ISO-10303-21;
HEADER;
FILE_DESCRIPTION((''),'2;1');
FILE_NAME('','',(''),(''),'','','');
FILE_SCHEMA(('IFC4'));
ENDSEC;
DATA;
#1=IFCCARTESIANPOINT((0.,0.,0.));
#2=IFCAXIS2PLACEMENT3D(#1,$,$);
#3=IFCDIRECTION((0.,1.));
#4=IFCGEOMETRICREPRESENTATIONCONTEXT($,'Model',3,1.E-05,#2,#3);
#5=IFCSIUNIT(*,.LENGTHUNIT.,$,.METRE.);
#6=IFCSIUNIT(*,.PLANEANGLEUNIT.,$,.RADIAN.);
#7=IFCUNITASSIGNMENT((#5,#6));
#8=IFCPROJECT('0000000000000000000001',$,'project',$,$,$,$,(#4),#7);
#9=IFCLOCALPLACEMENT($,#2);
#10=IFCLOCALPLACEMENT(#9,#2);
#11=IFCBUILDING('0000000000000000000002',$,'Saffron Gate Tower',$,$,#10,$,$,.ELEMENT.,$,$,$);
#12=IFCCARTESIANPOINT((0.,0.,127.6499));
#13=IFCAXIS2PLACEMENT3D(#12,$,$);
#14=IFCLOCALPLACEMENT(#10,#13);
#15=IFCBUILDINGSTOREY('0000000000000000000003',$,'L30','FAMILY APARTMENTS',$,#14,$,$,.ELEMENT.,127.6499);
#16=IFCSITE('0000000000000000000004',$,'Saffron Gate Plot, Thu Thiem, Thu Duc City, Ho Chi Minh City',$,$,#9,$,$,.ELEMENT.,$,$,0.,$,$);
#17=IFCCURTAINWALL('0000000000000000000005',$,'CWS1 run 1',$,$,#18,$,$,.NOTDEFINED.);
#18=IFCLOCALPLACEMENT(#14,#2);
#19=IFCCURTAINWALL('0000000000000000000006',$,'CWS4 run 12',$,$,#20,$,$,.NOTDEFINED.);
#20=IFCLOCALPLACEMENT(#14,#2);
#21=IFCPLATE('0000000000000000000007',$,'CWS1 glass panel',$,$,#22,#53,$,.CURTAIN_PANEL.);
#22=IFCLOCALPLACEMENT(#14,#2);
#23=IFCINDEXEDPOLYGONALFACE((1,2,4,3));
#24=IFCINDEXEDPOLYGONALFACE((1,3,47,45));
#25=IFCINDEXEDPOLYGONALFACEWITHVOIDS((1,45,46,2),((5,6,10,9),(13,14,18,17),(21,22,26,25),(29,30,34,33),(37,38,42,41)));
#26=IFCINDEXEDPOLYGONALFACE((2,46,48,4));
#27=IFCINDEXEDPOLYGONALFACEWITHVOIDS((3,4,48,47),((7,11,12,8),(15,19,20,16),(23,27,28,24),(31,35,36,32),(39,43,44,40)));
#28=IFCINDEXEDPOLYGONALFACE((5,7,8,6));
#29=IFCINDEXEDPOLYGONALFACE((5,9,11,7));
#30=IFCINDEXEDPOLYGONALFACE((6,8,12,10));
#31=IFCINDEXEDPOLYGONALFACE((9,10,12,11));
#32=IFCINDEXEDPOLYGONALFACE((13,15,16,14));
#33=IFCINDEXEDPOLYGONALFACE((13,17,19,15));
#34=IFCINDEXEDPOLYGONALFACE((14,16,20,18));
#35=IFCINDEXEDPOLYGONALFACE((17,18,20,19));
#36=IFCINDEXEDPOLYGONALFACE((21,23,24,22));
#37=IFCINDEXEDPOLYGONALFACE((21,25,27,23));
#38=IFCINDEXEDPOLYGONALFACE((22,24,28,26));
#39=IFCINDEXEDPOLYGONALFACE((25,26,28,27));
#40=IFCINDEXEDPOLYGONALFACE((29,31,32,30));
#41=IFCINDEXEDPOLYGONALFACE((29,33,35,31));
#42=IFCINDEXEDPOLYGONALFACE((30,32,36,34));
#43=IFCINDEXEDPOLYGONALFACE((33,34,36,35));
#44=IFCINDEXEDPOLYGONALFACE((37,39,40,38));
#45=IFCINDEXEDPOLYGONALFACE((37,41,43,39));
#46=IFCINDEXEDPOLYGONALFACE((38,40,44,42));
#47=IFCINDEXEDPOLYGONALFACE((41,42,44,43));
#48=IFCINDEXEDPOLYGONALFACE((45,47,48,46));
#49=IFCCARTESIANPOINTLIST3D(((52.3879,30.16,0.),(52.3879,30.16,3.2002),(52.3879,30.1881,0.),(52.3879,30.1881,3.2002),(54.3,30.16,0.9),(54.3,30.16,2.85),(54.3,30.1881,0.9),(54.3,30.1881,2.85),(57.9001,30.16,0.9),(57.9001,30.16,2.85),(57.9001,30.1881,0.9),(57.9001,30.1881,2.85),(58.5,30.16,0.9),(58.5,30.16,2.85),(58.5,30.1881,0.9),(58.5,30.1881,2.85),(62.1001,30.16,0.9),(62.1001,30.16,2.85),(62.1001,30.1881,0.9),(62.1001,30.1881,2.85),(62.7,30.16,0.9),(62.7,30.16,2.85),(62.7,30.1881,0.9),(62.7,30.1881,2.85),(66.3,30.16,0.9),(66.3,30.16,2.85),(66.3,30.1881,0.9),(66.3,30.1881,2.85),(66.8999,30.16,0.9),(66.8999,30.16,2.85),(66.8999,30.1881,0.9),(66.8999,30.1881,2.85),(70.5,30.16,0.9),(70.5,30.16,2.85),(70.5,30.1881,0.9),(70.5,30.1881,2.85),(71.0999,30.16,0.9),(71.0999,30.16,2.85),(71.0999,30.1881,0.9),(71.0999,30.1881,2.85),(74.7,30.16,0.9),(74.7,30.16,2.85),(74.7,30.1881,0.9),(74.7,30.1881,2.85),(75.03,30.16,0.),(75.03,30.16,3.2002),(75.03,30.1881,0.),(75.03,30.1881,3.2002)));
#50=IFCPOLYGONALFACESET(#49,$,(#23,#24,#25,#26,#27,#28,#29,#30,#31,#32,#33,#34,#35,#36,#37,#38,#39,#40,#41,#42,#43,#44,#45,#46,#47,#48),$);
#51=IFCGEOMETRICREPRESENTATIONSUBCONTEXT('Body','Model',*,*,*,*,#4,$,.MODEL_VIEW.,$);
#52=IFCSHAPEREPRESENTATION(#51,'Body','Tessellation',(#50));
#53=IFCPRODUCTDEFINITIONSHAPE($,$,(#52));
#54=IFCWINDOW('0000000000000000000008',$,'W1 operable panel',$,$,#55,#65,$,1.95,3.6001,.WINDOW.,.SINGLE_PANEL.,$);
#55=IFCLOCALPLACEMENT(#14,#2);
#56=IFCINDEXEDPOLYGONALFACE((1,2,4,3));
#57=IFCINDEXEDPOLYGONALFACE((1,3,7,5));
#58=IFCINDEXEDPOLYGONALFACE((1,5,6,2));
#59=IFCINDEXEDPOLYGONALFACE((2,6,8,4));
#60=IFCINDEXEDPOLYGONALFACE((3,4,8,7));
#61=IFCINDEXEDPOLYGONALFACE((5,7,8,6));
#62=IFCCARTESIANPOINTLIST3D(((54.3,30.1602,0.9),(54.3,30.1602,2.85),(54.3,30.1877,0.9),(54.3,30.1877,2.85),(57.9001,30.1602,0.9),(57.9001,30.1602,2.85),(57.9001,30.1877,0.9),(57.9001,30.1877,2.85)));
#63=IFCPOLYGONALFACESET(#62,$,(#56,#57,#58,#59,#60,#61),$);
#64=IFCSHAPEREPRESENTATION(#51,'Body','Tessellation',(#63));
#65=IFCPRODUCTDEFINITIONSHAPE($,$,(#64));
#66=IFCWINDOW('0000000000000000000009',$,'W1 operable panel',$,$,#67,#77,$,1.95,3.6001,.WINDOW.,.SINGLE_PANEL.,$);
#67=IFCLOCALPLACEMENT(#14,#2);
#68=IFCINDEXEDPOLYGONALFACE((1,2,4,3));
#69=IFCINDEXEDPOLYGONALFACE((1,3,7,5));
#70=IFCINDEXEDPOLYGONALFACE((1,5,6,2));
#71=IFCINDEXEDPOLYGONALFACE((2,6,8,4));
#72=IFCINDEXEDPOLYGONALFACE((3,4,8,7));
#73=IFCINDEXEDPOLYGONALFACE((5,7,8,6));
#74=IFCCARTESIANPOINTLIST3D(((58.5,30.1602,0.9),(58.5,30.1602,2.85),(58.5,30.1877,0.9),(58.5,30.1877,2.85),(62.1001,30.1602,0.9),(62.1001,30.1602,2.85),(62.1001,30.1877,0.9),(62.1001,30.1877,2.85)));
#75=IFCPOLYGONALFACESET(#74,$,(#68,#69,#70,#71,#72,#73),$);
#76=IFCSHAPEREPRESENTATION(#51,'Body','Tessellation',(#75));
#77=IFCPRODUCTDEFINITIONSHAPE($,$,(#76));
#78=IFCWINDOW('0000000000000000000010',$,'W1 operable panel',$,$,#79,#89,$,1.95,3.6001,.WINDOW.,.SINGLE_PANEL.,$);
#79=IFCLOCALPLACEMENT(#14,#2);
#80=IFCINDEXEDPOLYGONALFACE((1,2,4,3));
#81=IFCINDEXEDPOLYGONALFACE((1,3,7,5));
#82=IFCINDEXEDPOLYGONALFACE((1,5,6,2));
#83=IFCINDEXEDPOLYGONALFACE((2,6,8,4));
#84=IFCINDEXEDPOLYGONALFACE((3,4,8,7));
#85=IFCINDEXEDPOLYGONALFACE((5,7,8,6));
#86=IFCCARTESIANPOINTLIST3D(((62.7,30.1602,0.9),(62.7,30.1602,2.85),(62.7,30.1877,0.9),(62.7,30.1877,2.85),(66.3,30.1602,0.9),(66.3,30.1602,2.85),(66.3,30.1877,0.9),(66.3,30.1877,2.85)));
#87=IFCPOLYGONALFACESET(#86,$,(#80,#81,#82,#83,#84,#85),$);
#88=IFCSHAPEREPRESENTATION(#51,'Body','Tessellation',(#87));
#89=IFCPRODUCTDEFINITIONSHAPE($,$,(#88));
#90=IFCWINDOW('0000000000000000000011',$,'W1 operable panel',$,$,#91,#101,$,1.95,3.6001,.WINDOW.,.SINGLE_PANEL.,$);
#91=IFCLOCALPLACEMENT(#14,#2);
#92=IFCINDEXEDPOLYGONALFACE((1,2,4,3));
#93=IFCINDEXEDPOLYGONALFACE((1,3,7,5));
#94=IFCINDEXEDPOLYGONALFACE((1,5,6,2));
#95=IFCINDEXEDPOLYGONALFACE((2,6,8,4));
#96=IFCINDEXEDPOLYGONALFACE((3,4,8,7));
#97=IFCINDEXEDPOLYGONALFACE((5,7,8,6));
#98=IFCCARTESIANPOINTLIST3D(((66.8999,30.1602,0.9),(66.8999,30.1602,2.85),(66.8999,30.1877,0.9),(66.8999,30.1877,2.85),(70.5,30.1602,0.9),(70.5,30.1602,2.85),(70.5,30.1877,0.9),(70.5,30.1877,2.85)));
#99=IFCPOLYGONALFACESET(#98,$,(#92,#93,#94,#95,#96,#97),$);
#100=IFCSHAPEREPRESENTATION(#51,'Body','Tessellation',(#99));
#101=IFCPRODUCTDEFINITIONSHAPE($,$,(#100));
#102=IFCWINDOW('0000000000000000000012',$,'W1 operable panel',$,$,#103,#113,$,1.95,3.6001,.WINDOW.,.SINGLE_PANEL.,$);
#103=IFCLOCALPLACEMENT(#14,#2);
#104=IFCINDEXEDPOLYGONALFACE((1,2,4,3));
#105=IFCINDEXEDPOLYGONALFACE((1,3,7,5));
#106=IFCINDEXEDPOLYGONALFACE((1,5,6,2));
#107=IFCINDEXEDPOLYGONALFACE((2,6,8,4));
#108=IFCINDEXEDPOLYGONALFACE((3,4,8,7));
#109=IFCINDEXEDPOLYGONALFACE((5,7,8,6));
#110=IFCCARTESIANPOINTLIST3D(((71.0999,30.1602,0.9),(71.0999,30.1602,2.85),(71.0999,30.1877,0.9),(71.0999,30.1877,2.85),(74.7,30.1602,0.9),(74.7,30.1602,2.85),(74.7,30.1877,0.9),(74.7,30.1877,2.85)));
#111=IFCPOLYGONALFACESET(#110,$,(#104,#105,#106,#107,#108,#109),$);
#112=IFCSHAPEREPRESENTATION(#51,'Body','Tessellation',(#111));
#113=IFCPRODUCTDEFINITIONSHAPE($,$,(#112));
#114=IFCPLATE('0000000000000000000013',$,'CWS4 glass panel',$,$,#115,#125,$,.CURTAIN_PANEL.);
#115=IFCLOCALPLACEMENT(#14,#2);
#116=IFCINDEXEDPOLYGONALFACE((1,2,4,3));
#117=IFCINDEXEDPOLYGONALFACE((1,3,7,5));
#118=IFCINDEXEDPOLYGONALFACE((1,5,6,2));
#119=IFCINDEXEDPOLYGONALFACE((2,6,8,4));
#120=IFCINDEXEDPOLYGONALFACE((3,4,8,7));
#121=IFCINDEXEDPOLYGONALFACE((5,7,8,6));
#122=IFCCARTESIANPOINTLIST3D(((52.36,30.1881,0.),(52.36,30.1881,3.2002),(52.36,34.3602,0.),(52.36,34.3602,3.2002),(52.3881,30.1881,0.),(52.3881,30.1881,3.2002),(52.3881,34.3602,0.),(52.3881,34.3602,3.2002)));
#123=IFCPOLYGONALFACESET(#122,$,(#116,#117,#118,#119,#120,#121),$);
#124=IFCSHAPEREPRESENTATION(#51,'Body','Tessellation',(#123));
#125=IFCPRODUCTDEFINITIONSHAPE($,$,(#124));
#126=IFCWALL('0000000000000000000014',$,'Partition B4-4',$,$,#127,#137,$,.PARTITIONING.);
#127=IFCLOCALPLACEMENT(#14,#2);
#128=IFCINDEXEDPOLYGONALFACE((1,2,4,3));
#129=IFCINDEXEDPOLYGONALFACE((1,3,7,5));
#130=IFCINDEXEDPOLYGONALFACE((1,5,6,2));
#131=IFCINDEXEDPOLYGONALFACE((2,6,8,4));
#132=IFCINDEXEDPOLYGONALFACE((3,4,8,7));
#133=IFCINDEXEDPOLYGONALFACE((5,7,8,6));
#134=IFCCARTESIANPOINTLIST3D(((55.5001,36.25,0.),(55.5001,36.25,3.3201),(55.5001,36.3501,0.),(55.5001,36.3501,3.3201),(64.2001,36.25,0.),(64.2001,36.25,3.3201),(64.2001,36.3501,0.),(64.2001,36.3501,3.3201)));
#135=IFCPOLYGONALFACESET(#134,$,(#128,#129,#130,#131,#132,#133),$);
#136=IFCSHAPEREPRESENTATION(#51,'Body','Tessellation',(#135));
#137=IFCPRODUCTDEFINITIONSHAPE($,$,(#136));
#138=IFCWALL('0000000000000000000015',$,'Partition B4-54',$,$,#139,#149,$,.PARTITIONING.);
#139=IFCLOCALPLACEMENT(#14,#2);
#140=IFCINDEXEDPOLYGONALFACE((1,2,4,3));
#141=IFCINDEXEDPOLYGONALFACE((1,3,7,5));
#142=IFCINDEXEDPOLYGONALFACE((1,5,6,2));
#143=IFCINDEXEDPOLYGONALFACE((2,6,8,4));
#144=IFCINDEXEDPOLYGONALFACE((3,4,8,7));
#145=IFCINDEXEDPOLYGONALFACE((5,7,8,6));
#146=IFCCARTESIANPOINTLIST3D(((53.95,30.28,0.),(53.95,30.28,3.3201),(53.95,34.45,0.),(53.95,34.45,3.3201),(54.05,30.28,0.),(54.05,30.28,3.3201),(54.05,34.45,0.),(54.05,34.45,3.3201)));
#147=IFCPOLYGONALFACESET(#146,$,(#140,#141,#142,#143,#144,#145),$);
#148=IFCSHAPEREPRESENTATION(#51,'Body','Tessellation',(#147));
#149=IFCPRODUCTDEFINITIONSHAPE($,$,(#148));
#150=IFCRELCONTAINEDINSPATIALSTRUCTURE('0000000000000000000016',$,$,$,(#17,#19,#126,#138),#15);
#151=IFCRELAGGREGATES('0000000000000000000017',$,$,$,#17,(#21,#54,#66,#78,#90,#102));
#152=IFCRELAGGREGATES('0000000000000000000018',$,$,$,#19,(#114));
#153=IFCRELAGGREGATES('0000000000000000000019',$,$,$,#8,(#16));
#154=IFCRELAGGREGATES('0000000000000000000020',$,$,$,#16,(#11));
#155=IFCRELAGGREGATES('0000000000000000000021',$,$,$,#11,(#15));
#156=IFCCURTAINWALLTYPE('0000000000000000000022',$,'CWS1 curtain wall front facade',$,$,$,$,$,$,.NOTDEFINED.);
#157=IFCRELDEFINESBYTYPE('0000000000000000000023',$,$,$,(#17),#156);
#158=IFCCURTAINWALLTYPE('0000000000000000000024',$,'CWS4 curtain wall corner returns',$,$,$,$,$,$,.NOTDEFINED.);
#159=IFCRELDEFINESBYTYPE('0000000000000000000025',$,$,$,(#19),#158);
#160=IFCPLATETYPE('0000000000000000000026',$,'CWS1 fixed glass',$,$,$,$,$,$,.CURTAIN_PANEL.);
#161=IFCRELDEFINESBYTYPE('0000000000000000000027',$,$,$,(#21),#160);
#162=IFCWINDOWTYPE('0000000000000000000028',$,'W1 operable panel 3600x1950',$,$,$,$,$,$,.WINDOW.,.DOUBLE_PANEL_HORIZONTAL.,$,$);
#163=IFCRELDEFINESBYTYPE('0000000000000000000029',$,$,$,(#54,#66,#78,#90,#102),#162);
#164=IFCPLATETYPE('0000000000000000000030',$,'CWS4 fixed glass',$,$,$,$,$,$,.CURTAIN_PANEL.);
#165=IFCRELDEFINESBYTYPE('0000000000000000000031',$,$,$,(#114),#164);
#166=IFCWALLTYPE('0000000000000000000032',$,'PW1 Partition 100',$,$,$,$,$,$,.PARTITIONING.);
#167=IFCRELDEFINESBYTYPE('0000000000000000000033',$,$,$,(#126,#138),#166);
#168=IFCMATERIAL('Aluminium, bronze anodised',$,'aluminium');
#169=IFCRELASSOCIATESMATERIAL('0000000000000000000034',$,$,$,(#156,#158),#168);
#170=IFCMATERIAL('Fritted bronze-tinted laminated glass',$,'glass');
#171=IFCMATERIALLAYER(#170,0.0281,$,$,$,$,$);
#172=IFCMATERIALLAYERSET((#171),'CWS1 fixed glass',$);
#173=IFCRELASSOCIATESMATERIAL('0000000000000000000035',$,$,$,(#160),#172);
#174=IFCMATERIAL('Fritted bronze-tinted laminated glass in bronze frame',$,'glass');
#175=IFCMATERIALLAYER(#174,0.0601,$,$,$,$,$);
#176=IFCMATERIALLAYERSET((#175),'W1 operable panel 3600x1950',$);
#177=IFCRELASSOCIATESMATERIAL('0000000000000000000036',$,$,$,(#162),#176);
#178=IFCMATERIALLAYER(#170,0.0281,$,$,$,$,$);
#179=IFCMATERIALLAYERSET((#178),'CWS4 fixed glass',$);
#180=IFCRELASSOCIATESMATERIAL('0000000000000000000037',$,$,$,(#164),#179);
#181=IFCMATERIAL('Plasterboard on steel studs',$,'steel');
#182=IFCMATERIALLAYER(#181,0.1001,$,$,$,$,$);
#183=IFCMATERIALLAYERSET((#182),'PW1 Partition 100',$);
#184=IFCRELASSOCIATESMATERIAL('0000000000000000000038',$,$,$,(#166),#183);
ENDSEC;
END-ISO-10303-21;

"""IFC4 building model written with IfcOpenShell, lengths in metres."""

from ifc_helpers import new_model, si_unit, direction, frame, frame_2d, origin, place, context, subcontext, project, spatial, rectangle, extrude, material, layer, layer_set, type_object, element, fill, aggregate, save


model = new_model("IFC4")

# Units and contexts
model_context = context("Model", 3, precision=1e-05, world=origin(), true_north=direction((0.0, 1.0)))
body_context = subcontext(model_context, "Body", "Model", "MODEL_VIEW")
ifc_project = project(units=[si_unit("LENGTHUNIT", "METRE"), si_unit("PLANEANGLEUNIT", "RADIAN")], contexts=[model_context])

# Site, building, storey
site_placement = place(None, origin())
site = spatial("IfcSite", under=ifc_project, at=site_placement, Name="Saffron Gate Plot, Thu Thiem, Thu Duc City, Ho Chi Minh City", CompositionType="ELEMENT", RefElevation=0.0)
building_placement = place(site_placement, origin())
building = spatial("IfcBuilding", under=site, at=building_placement, Name="Saffron Gate Tower", CompositionType="ELEMENT")
storey_placement = place(building_placement, frame((0.0, 0.0, 127.6499)))
storey = spatial("IfcBuildingStorey", under=building, at=storey_placement, Name="L30", Description="FAMILY APARTMENTS", CompositionType="ELEMENT", Elevation=127.6499)

# Curtain walls
ifc_material_1 = material(Name="Aluminium, bronze anodised", Category="aluminium")
curtain_wall_type_1 = type_object("IfcCurtainWallType", Name="CWS1 curtain wall front facade", PredefinedType="NOTDEFINED", material=ifc_material_1)
curtain_wall_1_placement = place(storey_placement, origin())
curtain_wall_1 = element("IfcCurtainWall", 1, at=curtain_wall_1_placement, inside=storey, type_object=curtain_wall_type_1, Name="CWS1 run 1", PredefinedType="NOTDEFINED")
curtain_wall_type_2 = type_object("IfcCurtainWallType", Name="CWS4 curtain wall corner returns", PredefinedType="NOTDEFINED", material=ifc_material_1)
curtain_wall_2_placement = place(storey_placement, origin())
curtain_wall_2 = element("IfcCurtainWall", 2, at=curtain_wall_2_placement, inside=storey, type_object=curtain_wall_type_2, Name="CWS4 run 12", PredefinedType="NOTDEFINED")

# Plate, openings, windows
ifc_material_2 = material(Name="Fritted bronze-tinted laminated glass", Category="glass")
ifc_layer_1 = layer(ifc_material_2, 0.0281)
ifc_layer_set_1 = layer_set([ifc_layer_1], Name="CWS1 fixed glass")
plate_type_1 = type_object("IfcPlateType", Name="CWS1 fixed glass", PredefinedType="CURTAIN_PANEL", material=ifc_layer_set_1)
plate_1_placement = place(storey_placement, frame((52.3879, 30.1741, 0.0), z_axis=(0.0, 0.0, 1.0), x_axis=(1.0, 0.0, 0.0)))
plate_1 = element("IfcPlate", 3, at=plate_1_placement, type_object=plate_type_1, Name="CWS1 glass panel", PredefinedType="CURTAIN_PANEL", context=body_context, shape_type="SweptSolid", body=[
    extrude(rectangle(XDim=22.6421, YDim=0.0281, at=frame_2d((11.321, 0.0))), origin(), (0.0, 0.0, 1.0), 3.2002),
])
opening_1_placement = place(plate_1_placement, frame((1.9121, 0.0, 0.8999)))
opening_1 = element("IfcOpeningElement", 4, at=opening_1_placement, cuts=plate_1, PredefinedType="OPENING", context=body_context, shape_type="SweptSolid", body=[
    extrude(rectangle(XDim=3.6001, YDim=1.95, at=frame_2d((1.8, 0.9751))), frame((0.0, 0.0239, 0.0), z_axis=(0.0, -1.0, 0.0), x_axis=(1.0, 0.0, 0.0)), (0.0, 0.0, 1.0), 0.0481),
])
opening_2_placement = place(plate_1_placement, frame((6.1121, 0.0, 0.8999)))
opening_2 = element("IfcOpeningElement", 5, at=opening_2_placement, cuts=plate_1, PredefinedType="OPENING", context=body_context, shape_type="SweptSolid", body=[
    extrude(rectangle(XDim=3.6001, YDim=1.95, at=frame_2d((1.8, 0.9751))), frame((0.0, 0.0239, 0.0), z_axis=(0.0, -1.0, 0.0), x_axis=(1.0, 0.0, 0.0)), (0.0, 0.0, 1.0), 0.0481),
])
opening_3_placement = place(plate_1_placement, frame((10.312, 0.0, 0.8999)))
opening_3 = element("IfcOpeningElement", 6, at=opening_3_placement, cuts=plate_1, PredefinedType="OPENING", context=body_context, shape_type="SweptSolid", body=[
    extrude(rectangle(XDim=3.6001, YDim=1.95, at=frame_2d((1.8, 0.9751))), frame((0.0, 0.0239, 0.0), z_axis=(0.0, -1.0, 0.0), x_axis=(1.0, 0.0, 0.0)), (0.0, 0.0, 1.0), 0.0481),
])
opening_4_placement = place(plate_1_placement, frame((14.512, 0.0, 0.8999)))
opening_4 = element("IfcOpeningElement", 7, at=opening_4_placement, cuts=plate_1, PredefinedType="OPENING", context=body_context, shape_type="SweptSolid", body=[
    extrude(rectangle(XDim=3.6001, YDim=1.95, at=frame_2d((1.8, 0.9751))), frame((0.0, 0.0239, 0.0), z_axis=(0.0, -1.0, 0.0), x_axis=(1.0, 0.0, 0.0)), (0.0, 0.0, 1.0), 0.0481),
])
opening_5_placement = place(plate_1_placement, frame((18.7119, 0.0, 0.8999)))
opening_5 = element("IfcOpeningElement", 8, at=opening_5_placement, cuts=plate_1, PredefinedType="OPENING", context=body_context, shape_type="SweptSolid", body=[
    extrude(rectangle(XDim=3.6001, YDim=1.95, at=frame_2d((1.8, 0.9751))), frame((0.0, 0.0239, 0.0), z_axis=(0.0, -1.0, 0.0), x_axis=(1.0, 0.0, 0.0)), (0.0, 0.0, 1.0), 0.0481),
])
ifc_material_3 = material(Name="Fritted bronze-tinted laminated glass in bronze frame", Category="glass")
ifc_layer_2 = layer(ifc_material_3, 0.0601)
ifc_layer_set_2 = layer_set([ifc_layer_2], Name="W1 operable panel 3600x1950")
window_type = type_object("IfcWindowType", Name="W1 operable panel 3600x1950", PartitioningType="DOUBLE_PANEL_HORIZONTAL", PredefinedType="WINDOW", material=ifc_layer_set_2)
window_1_placement = place(opening_1_placement, origin())
window_1 = element("IfcWindow", 9, at=window_1_placement, type_object=window_type, Name="W1 operable panel", OverallHeight=1.95, OverallWidth=3.6001, PartitioningType="SINGLE_PANEL", PredefinedType="WINDOW", context=body_context, shape_type="SweptSolid", body=[
    extrude(rectangle(XDim=3.6001, YDim=1.95, at=frame_2d((1.8, 0.9751))), frame((0.0, 0.0137, 0.0), z_axis=(0.0, -1.0, 0.0), x_axis=(1.0, 0.0, 0.0)), (0.0, 0.0, 1.0), 0.0276),
])
fill(opening_1, window_1)
window_2_placement = place(opening_2_placement, origin())
window_2 = element("IfcWindow", 10, at=window_2_placement, type_object=window_type, Name="W1 operable panel", OverallHeight=1.95, OverallWidth=3.6001, PartitioningType="SINGLE_PANEL", PredefinedType="WINDOW", context=body_context, shape_type="SweptSolid", body=[
    extrude(rectangle(XDim=3.6001, YDim=1.95, at=frame_2d((1.8, 0.9751))), frame((0.0, 0.0137, 0.0), z_axis=(0.0, -1.0, 0.0), x_axis=(1.0, 0.0, 0.0)), (0.0, 0.0, 1.0), 0.0276),
])
fill(opening_2, window_2)
window_3_placement = place(opening_3_placement, origin())
window_3 = element("IfcWindow", 11, at=window_3_placement, type_object=window_type, Name="W1 operable panel", OverallHeight=1.95, OverallWidth=3.6001, PartitioningType="SINGLE_PANEL", PredefinedType="WINDOW", context=body_context, shape_type="SweptSolid", body=[
    extrude(rectangle(XDim=3.6001, YDim=1.95, at=frame_2d((1.8, 0.9751))), frame((0.0, 0.0137, 0.0), z_axis=(0.0, -1.0, 0.0), x_axis=(1.0, 0.0, 0.0)), (0.0, 0.0, 1.0), 0.0276),
])
fill(opening_3, window_3)
window_4_placement = place(opening_4_placement, origin())
window_4 = element("IfcWindow", 12, at=window_4_placement, type_object=window_type, Name="W1 operable panel", OverallHeight=1.95, OverallWidth=3.6001, PartitioningType="SINGLE_PANEL", PredefinedType="WINDOW", context=body_context, shape_type="SweptSolid", body=[
    extrude(rectangle(XDim=3.6001, YDim=1.95, at=frame_2d((1.8, 0.9751))), frame((0.0, 0.0137, 0.0), z_axis=(0.0, -1.0, 0.0), x_axis=(1.0, 0.0, 0.0)), (0.0, 0.0, 1.0), 0.0276),
])
fill(opening_4, window_4)
window_5_placement = place(opening_5_placement, origin())
window_5 = element("IfcWindow", 13, at=window_5_placement, type_object=window_type, Name="W1 operable panel", OverallHeight=1.95, OverallWidth=3.6001, PartitioningType="SINGLE_PANEL", PredefinedType="WINDOW", context=body_context, shape_type="SweptSolid", body=[
    extrude(rectangle(XDim=3.6001, YDim=1.95, at=frame_2d((1.8, 0.9751))), frame((0.0, 0.0137, 0.0), z_axis=(0.0, -1.0, 0.0), x_axis=(1.0, 0.0, 0.0)), (0.0, 0.0, 1.0), 0.0276),
])
fill(opening_5, window_5)
aggregate(curtain_wall_1, [plate_1, window_1, window_2, window_3, window_4, window_5])

# Plate
ifc_layer_3 = layer(ifc_material_2, 0.0281)
ifc_layer_set_3 = layer_set([ifc_layer_3], Name="CWS4 fixed glass")
plate_type_2 = type_object("IfcPlateType", Name="CWS4 fixed glass", PredefinedType="CURTAIN_PANEL", material=ifc_layer_set_3)
plate_2_placement = place(storey_placement, frame((52.374, 34.3601, 0.0), z_axis=(0.0, 0.0, 1.0), x_axis=(0.0, -1.0, 0.0)))
plate_2 = element("IfcPlate", 14, at=plate_2_placement, type_object=plate_type_2, Name="CWS4 glass panel", PredefinedType="CURTAIN_PANEL", context=body_context, shape_type="SweptSolid", body=[
    extrude(rectangle(XDim=4.1721, YDim=0.0281, at=frame_2d((2.0859, 0.0))), origin(), (0.0, 0.0, 1.0), 3.2002),
])
aggregate(curtain_wall_2, [plate_2])

# Walls
ifc_material_4 = material(Name="Plasterboard on steel studs", Category="steel")
ifc_layer_4 = layer(ifc_material_4, 0.1001)
ifc_layer_set_4 = layer_set([ifc_layer_4], Name="PW1 Partition 100")
wall_type = type_object("IfcWallType", Name="PW1 Partition 100", PredefinedType="PARTITIONING", material=ifc_layer_set_4)
wall_1_placement = place(storey_placement, frame((55.5, 36.3, 0.0), z_axis=(0.0, 0.0, 1.0), x_axis=(1.0, 0.0, 0.0)))
element("IfcWall", 15, at=wall_1_placement, inside=storey, type_object=wall_type, Name="Partition B4-4", PredefinedType="PARTITIONING", context=body_context, shape_type="SweptSolid", body=[
    extrude(rectangle(XDim=8.7, YDim=0.1001, at=frame_2d((4.3501, 0.0))), origin(), (0.0, 0.0, 1.0), 3.3201),
])
wall_2_placement = place(storey_placement, frame((54.0, 34.45, 0.0), z_axis=(0.0, 0.0, 1.0), x_axis=(0.0, -1.0, 0.0)))
element("IfcWall", 16, at=wall_2_placement, inside=storey, type_object=wall_type, Name="Partition B4-54", PredefinedType="PARTITIONING", context=body_context, shape_type="SweptSolid", body=[
    extrude(rectangle(XDim=4.1699, YDim=0.1001, at=frame_2d((2.085, 0.0))), origin(), (0.0, 0.0, 1.0), 3.3201),
])

save(model, "model.ifc")
